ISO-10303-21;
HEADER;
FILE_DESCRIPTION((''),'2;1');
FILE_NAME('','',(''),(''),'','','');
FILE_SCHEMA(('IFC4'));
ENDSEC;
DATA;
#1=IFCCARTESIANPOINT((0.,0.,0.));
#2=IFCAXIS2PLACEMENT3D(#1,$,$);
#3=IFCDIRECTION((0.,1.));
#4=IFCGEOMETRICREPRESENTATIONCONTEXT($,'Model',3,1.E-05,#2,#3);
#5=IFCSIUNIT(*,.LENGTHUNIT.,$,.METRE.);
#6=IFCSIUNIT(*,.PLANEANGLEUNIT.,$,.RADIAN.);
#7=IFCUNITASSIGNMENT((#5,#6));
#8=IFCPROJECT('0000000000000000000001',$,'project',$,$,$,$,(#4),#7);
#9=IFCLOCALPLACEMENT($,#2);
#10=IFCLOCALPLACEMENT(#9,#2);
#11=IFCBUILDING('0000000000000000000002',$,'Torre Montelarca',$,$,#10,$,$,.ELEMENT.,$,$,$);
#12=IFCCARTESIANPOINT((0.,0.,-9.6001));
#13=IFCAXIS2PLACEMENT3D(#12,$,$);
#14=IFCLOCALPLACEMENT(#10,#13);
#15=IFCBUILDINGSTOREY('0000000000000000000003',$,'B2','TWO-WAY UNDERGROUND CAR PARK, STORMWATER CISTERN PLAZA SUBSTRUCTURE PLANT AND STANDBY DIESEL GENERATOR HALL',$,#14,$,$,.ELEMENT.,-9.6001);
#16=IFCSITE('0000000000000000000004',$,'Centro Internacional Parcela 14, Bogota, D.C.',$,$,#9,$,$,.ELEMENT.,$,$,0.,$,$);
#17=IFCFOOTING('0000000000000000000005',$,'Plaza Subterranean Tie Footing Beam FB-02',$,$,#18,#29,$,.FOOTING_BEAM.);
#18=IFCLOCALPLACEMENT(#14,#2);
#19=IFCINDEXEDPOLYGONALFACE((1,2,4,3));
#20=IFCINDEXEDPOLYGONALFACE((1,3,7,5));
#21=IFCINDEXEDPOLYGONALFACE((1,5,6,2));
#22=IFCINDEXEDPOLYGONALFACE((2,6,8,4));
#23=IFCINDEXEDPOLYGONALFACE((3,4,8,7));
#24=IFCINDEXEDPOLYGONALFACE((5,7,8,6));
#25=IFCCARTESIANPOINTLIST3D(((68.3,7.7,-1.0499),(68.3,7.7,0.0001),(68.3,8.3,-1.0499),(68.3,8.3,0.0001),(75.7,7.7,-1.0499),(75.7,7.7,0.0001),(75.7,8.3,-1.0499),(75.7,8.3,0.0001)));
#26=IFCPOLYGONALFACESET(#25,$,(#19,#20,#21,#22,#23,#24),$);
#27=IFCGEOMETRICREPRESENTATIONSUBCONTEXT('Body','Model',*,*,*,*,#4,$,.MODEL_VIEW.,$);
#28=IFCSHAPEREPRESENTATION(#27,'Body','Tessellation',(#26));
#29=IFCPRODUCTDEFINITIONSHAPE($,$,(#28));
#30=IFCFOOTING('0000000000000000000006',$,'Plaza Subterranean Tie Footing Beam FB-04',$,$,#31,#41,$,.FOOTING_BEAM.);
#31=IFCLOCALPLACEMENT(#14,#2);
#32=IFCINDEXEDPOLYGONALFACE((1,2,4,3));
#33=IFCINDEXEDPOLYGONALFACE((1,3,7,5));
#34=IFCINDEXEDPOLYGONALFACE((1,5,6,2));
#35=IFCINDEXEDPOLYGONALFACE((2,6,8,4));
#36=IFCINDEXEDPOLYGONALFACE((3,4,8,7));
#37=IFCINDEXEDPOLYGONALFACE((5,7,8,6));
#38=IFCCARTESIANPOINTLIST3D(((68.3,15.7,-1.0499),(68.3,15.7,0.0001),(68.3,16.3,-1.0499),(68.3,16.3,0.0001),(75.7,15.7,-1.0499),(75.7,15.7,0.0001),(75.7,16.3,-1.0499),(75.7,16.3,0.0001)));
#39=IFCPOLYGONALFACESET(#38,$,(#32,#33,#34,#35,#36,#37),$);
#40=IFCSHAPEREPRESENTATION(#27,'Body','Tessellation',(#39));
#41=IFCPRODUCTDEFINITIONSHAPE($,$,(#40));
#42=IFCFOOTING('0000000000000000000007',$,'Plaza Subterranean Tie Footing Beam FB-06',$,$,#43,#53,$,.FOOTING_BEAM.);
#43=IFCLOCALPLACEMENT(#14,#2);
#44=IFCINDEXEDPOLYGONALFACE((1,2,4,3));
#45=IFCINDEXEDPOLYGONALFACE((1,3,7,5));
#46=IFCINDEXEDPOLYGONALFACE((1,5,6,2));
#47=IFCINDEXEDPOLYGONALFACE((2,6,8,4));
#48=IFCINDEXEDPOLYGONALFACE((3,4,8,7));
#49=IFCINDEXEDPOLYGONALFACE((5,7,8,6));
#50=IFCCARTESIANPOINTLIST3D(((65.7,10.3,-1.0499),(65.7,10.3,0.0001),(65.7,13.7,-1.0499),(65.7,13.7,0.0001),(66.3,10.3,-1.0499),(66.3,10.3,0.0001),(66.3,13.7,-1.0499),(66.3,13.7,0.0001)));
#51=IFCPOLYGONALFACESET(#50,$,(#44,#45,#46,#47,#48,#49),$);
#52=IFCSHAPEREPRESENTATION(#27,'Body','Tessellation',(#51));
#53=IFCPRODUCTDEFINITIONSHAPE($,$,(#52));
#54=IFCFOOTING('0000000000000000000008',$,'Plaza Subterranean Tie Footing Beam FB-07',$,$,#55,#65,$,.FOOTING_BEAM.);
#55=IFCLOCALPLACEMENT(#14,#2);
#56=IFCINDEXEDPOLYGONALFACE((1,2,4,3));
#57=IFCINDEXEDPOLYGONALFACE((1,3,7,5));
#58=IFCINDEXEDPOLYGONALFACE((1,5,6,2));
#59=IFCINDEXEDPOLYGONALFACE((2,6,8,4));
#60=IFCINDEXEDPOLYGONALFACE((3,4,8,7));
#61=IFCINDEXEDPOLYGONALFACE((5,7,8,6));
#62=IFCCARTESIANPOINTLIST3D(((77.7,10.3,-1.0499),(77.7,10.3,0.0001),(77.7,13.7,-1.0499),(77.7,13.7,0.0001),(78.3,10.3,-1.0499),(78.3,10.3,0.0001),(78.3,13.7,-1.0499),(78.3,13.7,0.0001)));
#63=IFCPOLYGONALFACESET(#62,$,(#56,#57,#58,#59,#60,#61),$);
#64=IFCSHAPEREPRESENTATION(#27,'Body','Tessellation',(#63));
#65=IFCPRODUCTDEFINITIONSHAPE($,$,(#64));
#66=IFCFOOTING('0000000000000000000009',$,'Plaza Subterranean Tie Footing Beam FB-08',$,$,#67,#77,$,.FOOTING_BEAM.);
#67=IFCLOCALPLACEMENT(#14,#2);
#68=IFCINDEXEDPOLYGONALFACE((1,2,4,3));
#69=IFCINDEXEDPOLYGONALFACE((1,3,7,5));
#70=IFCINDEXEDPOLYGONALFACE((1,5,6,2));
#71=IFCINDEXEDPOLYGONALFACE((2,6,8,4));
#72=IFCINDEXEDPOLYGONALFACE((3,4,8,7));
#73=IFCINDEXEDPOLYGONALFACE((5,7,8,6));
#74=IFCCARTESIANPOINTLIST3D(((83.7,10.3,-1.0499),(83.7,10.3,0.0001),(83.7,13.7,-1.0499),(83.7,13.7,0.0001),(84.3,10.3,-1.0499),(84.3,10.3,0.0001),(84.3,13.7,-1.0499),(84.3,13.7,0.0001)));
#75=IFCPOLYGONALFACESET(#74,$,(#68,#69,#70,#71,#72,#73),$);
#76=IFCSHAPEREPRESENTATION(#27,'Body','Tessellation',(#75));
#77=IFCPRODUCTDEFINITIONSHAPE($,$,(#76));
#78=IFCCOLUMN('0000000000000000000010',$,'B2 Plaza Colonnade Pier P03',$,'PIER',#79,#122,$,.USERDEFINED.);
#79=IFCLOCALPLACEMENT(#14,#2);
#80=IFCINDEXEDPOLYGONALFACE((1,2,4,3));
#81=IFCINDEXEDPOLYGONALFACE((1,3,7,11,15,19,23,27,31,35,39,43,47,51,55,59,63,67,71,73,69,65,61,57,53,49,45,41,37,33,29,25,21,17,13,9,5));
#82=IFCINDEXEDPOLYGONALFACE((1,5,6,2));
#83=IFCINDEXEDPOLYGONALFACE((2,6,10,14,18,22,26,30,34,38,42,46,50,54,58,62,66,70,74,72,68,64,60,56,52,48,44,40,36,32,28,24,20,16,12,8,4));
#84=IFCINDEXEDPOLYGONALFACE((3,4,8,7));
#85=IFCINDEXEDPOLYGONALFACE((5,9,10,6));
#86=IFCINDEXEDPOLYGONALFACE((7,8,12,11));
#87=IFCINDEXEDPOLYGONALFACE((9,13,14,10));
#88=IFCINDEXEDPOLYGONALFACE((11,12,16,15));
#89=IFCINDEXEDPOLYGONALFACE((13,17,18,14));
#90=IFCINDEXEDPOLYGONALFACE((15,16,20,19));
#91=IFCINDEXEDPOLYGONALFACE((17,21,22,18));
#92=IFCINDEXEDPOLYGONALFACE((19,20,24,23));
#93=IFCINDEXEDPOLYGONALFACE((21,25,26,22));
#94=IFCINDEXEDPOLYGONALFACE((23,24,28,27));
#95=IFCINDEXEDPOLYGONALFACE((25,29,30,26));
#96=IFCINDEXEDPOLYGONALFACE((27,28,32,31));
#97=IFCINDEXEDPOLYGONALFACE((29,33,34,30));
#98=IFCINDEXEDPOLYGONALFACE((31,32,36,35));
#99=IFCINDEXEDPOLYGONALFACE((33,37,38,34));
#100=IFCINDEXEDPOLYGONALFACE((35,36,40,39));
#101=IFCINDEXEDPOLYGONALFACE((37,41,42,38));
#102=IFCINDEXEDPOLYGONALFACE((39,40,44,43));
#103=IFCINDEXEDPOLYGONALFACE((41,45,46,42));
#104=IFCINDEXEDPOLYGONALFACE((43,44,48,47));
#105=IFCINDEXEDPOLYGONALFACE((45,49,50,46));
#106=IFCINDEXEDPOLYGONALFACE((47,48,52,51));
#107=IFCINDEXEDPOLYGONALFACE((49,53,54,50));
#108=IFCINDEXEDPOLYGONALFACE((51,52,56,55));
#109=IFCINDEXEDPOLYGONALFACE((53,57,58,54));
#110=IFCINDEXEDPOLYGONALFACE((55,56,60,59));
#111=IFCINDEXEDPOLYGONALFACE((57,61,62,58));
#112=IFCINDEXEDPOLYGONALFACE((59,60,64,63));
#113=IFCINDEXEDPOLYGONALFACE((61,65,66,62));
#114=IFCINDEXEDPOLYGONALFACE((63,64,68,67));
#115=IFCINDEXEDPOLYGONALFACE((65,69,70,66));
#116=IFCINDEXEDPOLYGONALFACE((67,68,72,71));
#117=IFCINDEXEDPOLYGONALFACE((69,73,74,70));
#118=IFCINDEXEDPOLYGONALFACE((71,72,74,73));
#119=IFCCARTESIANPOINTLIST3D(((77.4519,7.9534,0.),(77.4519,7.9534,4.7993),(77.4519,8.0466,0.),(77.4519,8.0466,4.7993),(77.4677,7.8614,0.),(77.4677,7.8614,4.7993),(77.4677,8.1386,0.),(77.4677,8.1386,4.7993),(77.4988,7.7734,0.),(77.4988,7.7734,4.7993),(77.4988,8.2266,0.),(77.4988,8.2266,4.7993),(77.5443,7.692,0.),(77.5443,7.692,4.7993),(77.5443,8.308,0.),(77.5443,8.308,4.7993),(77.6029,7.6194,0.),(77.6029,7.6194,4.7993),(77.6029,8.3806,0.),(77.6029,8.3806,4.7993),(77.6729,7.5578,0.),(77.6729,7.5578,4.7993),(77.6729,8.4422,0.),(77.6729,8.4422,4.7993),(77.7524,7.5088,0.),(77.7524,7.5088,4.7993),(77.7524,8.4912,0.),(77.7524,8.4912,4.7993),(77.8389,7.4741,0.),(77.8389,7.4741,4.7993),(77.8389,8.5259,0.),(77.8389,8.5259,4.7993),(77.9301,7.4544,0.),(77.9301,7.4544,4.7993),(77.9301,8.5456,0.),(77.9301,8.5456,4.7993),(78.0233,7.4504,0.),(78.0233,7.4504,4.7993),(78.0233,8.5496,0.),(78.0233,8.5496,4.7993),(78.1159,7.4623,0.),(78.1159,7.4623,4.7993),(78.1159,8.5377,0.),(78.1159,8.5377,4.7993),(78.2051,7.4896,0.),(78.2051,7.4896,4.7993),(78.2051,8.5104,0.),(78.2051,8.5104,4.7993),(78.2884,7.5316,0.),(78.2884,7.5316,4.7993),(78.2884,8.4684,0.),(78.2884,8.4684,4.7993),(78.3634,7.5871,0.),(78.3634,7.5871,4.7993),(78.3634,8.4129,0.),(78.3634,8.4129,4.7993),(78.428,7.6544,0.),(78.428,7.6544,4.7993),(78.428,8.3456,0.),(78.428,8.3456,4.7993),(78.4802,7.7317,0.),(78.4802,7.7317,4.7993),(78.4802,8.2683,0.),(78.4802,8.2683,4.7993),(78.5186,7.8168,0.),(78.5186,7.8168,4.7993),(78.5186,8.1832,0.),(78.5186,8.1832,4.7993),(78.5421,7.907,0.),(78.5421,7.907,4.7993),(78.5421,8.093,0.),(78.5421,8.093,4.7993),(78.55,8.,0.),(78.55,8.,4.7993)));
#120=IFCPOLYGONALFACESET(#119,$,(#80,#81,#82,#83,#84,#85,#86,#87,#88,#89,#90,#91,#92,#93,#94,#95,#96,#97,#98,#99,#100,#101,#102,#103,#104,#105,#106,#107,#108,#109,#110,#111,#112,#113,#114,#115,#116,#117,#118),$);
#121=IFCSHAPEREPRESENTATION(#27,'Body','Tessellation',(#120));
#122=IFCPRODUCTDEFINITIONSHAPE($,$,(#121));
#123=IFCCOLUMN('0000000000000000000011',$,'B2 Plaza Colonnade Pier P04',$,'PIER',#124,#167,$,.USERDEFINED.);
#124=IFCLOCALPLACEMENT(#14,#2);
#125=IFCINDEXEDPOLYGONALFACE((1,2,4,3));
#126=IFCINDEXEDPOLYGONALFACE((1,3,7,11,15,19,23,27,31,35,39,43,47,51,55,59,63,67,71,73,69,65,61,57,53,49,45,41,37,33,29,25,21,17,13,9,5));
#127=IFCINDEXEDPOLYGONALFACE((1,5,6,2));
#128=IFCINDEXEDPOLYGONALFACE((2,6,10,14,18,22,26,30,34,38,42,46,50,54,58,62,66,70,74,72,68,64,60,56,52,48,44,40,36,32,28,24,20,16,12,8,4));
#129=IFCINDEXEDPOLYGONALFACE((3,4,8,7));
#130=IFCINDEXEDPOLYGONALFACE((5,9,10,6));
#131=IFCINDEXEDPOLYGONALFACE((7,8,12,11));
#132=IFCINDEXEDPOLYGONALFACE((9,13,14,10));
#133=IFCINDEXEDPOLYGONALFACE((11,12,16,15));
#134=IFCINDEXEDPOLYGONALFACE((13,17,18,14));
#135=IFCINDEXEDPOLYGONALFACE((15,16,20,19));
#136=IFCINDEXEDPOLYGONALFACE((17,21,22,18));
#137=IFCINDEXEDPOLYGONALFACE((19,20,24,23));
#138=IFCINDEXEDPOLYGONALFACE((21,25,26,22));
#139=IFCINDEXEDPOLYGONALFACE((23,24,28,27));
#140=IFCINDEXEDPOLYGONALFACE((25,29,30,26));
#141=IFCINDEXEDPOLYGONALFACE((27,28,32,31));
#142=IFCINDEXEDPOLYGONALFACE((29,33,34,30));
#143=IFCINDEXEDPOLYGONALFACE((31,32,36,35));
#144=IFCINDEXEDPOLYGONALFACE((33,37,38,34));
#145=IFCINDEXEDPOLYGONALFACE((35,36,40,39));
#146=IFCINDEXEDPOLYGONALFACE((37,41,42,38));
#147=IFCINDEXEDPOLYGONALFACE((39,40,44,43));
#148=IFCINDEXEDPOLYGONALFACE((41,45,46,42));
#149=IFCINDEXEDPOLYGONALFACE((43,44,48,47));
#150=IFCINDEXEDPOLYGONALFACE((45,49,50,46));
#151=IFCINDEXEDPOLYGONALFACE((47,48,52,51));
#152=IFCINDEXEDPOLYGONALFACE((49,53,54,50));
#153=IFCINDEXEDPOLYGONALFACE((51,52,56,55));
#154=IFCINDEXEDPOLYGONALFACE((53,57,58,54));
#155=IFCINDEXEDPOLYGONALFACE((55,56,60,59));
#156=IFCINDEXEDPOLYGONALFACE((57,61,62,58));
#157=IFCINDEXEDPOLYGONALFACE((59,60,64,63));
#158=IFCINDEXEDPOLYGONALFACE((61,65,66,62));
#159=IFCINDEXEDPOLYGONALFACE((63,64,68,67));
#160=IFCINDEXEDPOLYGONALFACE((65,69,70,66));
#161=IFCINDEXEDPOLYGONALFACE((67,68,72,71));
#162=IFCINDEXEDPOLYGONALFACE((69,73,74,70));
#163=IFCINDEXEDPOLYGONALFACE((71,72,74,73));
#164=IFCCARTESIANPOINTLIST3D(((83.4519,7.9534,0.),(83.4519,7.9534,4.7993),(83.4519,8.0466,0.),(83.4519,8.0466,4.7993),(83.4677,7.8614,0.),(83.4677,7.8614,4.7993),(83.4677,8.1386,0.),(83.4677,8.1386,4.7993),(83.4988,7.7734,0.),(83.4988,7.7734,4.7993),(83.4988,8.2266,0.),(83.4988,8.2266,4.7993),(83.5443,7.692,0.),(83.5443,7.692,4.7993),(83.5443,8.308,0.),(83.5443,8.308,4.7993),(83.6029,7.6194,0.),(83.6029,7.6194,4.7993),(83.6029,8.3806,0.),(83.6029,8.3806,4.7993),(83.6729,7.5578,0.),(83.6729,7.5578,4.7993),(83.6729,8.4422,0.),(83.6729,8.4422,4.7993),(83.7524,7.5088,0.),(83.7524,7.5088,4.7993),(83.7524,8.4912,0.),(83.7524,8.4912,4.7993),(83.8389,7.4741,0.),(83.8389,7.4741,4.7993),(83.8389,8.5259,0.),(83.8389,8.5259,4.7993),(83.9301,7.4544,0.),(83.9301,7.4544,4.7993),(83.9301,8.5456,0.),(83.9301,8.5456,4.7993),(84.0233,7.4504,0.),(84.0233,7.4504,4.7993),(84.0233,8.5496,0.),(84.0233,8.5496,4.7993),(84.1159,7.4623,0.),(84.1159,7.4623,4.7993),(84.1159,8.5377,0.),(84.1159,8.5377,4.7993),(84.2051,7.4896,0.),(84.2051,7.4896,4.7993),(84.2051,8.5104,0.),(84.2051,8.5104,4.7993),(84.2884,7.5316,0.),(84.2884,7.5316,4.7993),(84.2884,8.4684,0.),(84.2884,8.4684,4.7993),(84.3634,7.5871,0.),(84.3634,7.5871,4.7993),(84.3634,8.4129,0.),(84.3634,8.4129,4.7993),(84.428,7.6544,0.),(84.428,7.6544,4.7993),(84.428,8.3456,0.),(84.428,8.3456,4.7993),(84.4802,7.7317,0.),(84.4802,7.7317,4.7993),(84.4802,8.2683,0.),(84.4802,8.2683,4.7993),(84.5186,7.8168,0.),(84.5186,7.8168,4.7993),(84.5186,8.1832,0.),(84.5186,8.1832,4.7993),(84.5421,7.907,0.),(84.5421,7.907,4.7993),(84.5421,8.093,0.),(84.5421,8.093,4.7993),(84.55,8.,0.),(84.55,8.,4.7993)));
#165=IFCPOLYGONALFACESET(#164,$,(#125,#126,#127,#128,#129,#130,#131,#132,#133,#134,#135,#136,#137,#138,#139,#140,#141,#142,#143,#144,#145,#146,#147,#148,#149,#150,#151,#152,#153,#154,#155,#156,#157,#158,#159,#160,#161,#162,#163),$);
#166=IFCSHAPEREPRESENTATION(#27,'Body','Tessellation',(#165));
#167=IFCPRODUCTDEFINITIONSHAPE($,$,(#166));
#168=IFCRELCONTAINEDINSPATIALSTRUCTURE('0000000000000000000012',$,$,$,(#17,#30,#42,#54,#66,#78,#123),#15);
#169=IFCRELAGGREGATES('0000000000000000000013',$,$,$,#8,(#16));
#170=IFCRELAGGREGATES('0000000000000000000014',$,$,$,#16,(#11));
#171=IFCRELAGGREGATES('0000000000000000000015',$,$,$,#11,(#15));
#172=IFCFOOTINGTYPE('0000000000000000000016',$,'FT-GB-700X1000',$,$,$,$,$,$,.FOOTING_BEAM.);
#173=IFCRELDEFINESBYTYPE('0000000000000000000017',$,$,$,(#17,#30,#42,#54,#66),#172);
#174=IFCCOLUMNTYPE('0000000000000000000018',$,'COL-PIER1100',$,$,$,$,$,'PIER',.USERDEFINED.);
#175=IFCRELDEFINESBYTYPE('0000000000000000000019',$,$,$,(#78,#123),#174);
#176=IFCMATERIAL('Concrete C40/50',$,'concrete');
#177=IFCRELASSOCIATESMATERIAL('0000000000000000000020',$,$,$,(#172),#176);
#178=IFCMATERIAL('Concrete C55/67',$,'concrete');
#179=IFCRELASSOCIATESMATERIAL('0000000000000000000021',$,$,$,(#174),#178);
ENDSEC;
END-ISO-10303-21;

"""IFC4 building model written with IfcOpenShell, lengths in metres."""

from ifc_helpers import new_model, si_unit, direction, frame, origin, origin_2d, place, context, subcontext, project, spatial, rectangle, circle, extrude, source, transform, mapped, material, material_profile, profile_set, type_object, element, save


model = new_model("IFC4")

# Units and contexts
model_context = context("Model", 3, precision=1e-05, world=origin(), true_north=direction((0.0, 1.0)))
body_context = subcontext(model_context, "Body", "Model", "MODEL_VIEW")
ifc_project = project(units=[si_unit("LENGTHUNIT", "METRE"), si_unit("PLANEANGLEUNIT", "RADIAN")], contexts=[model_context])

# Site, building, storey
site_placement = place(None, origin())
site = spatial("IfcSite", under=ifc_project, at=site_placement, Name="Centro Internacional Parcela 14, Bogota, D.C.", CompositionType="ELEMENT", RefElevation=0.0)
building_placement = place(site_placement, origin())
building = spatial("IfcBuilding", under=site, at=building_placement, Name="Torre Montelarca", CompositionType="ELEMENT")
storey_placement = place(building_placement, frame((0.0, 0.0, -9.6001)))
storey = spatial("IfcBuildingStorey", under=building, at=storey_placement, Name="B2", Description="TWO-WAY UNDERGROUND CAR PARK, STORMWATER CISTERN PLAZA SUBSTRUCTURE PLANT AND STANDBY DIESEL GENERATOR HALL", CompositionType="ELEMENT", Elevation=-9.6001)

# Shared definitions
ifc_material_1 = material(Name="Concrete C40/50", Category="concrete")

# Footings
ifc_material_profile_1 = material_profile(ifc_material_1, rectangle(XDim=0.6001, YDim=1.05, at=origin_2d()), Name="RCB600X1050", Category="concrete")
ifc_profile_set_1 = profile_set([ifc_material_profile_1], Name="Concrete C40/50")
footing_type = type_object("IfcFootingType", Name="FT-GB-700X1000", PredefinedType="FOOTING_BEAM", material=ifc_profile_set_1)
shared_shape_1 = source(origin(), body_context, "Body", "SweptSolid", [
    extrude(rectangle(XDim=0.6001, YDim=1.05, at=origin_2d()), origin(), (0.0, 0.0, 1.0), 7.3999),
])
for number, where, z_axis, x_axis, name in (
    (1, (68.3, 8.0, -0.5249), (1.0, 0.0, 0.0), (0.0, 1.0, 0.0), "Plaza Subterranean Tie Footing Beam FB-02"),
    (2, (68.3, 16.0, -0.5249), (1.0, 0.0, 0.0), (0.0, 1.0, 0.0), "Plaza Subterranean Tie Footing Beam FB-04"),
):
    element("IfcFooting", number, at=place(storey_placement, frame(where, z_axis=z_axis, x_axis=x_axis)), inside=storey, type_object=footing_type, Name=name, PredefinedType="FOOTING_BEAM", context=body_context, shape_type="MappedRepresentation", body=[
        mapped(shared_shape_1, transform((0.0, 0.0, 0.0), scale=1.0)),
    ])
shared_shape_2 = source(origin(), body_context, "Body", "SweptSolid", [
    extrude(rectangle(XDim=0.6001, YDim=1.05, at=origin_2d()), origin(), (0.0, 0.0, 1.0), 3.3999),
])
for number, where, z_axis, x_axis, name in (
    (3, (66.0, 10.3, -0.5249), (0.0, 1.0, 0.0), (-1.0, 0.0, 0.0), "Plaza Subterranean Tie Footing Beam FB-06"),
    (4, (78.0, 10.3, -0.5249), (0.0, 1.0, 0.0), (-1.0, 0.0, 0.0), "Plaza Subterranean Tie Footing Beam FB-07"),
    (5, (84.0, 10.3, -0.5249), (0.0, 1.0, 0.0), (-1.0, 0.0, 0.0), "Plaza Subterranean Tie Footing Beam FB-08"),
):
    element("IfcFooting", number, at=place(storey_placement, frame(where, z_axis=z_axis, x_axis=x_axis)), inside=storey, type_object=footing_type, Name=name, PredefinedType="FOOTING_BEAM", context=body_context, shape_type="MappedRepresentation", body=[
        mapped(shared_shape_2, transform((0.0, 0.0, 0.0), scale=1.0)),
    ])

# Columns
ifc_material_2 = material(Name="Concrete C55/67", Category="concrete")
ifc_material_profile_2 = material_profile(ifc_material_2, circle(Radius=0.55, at=origin_2d()), Name="RCC1100", Category="concrete")
ifc_profile_set_2 = profile_set([ifc_material_profile_2], Name="Concrete C55/67")
column_type = type_object("IfcColumnType", Name="COL-PIER1100", ElementType="PIER", PredefinedType="USERDEFINED", material=ifc_profile_set_2)
shared_shape_3 = source(origin(), body_context, "Body", "SweptSolid", [
    extrude(circle(Radius=0.55, at=origin_2d()), origin(), (0.0, 0.0, 1.0), 4.7993),
])
for number, where, z_axis, x_axis, name in (
    (6, (78.0, 8.0, 0.0), (0.0, 0.0, 1.0), (1.0, 0.0, 0.0), "B2 Plaza Colonnade Pier P03"),
    (7, (84.0, 8.0, 0.0), (0.0, 0.0, 1.0), (1.0, 0.0, 0.0), "B2 Plaza Colonnade Pier P04"),
):
    element("IfcColumn", number, at=place(storey_placement, frame(where, z_axis=z_axis, x_axis=x_axis)), inside=storey, type_object=column_type, Name=name, ObjectType="PIER", PredefinedType="USERDEFINED", context=body_context, shape_type="MappedRepresentation", body=[
        mapped(shared_shape_3, transform((0.0, 0.0, 0.0), scale=1.0)),
    ])

save(model, "model.ifc")
